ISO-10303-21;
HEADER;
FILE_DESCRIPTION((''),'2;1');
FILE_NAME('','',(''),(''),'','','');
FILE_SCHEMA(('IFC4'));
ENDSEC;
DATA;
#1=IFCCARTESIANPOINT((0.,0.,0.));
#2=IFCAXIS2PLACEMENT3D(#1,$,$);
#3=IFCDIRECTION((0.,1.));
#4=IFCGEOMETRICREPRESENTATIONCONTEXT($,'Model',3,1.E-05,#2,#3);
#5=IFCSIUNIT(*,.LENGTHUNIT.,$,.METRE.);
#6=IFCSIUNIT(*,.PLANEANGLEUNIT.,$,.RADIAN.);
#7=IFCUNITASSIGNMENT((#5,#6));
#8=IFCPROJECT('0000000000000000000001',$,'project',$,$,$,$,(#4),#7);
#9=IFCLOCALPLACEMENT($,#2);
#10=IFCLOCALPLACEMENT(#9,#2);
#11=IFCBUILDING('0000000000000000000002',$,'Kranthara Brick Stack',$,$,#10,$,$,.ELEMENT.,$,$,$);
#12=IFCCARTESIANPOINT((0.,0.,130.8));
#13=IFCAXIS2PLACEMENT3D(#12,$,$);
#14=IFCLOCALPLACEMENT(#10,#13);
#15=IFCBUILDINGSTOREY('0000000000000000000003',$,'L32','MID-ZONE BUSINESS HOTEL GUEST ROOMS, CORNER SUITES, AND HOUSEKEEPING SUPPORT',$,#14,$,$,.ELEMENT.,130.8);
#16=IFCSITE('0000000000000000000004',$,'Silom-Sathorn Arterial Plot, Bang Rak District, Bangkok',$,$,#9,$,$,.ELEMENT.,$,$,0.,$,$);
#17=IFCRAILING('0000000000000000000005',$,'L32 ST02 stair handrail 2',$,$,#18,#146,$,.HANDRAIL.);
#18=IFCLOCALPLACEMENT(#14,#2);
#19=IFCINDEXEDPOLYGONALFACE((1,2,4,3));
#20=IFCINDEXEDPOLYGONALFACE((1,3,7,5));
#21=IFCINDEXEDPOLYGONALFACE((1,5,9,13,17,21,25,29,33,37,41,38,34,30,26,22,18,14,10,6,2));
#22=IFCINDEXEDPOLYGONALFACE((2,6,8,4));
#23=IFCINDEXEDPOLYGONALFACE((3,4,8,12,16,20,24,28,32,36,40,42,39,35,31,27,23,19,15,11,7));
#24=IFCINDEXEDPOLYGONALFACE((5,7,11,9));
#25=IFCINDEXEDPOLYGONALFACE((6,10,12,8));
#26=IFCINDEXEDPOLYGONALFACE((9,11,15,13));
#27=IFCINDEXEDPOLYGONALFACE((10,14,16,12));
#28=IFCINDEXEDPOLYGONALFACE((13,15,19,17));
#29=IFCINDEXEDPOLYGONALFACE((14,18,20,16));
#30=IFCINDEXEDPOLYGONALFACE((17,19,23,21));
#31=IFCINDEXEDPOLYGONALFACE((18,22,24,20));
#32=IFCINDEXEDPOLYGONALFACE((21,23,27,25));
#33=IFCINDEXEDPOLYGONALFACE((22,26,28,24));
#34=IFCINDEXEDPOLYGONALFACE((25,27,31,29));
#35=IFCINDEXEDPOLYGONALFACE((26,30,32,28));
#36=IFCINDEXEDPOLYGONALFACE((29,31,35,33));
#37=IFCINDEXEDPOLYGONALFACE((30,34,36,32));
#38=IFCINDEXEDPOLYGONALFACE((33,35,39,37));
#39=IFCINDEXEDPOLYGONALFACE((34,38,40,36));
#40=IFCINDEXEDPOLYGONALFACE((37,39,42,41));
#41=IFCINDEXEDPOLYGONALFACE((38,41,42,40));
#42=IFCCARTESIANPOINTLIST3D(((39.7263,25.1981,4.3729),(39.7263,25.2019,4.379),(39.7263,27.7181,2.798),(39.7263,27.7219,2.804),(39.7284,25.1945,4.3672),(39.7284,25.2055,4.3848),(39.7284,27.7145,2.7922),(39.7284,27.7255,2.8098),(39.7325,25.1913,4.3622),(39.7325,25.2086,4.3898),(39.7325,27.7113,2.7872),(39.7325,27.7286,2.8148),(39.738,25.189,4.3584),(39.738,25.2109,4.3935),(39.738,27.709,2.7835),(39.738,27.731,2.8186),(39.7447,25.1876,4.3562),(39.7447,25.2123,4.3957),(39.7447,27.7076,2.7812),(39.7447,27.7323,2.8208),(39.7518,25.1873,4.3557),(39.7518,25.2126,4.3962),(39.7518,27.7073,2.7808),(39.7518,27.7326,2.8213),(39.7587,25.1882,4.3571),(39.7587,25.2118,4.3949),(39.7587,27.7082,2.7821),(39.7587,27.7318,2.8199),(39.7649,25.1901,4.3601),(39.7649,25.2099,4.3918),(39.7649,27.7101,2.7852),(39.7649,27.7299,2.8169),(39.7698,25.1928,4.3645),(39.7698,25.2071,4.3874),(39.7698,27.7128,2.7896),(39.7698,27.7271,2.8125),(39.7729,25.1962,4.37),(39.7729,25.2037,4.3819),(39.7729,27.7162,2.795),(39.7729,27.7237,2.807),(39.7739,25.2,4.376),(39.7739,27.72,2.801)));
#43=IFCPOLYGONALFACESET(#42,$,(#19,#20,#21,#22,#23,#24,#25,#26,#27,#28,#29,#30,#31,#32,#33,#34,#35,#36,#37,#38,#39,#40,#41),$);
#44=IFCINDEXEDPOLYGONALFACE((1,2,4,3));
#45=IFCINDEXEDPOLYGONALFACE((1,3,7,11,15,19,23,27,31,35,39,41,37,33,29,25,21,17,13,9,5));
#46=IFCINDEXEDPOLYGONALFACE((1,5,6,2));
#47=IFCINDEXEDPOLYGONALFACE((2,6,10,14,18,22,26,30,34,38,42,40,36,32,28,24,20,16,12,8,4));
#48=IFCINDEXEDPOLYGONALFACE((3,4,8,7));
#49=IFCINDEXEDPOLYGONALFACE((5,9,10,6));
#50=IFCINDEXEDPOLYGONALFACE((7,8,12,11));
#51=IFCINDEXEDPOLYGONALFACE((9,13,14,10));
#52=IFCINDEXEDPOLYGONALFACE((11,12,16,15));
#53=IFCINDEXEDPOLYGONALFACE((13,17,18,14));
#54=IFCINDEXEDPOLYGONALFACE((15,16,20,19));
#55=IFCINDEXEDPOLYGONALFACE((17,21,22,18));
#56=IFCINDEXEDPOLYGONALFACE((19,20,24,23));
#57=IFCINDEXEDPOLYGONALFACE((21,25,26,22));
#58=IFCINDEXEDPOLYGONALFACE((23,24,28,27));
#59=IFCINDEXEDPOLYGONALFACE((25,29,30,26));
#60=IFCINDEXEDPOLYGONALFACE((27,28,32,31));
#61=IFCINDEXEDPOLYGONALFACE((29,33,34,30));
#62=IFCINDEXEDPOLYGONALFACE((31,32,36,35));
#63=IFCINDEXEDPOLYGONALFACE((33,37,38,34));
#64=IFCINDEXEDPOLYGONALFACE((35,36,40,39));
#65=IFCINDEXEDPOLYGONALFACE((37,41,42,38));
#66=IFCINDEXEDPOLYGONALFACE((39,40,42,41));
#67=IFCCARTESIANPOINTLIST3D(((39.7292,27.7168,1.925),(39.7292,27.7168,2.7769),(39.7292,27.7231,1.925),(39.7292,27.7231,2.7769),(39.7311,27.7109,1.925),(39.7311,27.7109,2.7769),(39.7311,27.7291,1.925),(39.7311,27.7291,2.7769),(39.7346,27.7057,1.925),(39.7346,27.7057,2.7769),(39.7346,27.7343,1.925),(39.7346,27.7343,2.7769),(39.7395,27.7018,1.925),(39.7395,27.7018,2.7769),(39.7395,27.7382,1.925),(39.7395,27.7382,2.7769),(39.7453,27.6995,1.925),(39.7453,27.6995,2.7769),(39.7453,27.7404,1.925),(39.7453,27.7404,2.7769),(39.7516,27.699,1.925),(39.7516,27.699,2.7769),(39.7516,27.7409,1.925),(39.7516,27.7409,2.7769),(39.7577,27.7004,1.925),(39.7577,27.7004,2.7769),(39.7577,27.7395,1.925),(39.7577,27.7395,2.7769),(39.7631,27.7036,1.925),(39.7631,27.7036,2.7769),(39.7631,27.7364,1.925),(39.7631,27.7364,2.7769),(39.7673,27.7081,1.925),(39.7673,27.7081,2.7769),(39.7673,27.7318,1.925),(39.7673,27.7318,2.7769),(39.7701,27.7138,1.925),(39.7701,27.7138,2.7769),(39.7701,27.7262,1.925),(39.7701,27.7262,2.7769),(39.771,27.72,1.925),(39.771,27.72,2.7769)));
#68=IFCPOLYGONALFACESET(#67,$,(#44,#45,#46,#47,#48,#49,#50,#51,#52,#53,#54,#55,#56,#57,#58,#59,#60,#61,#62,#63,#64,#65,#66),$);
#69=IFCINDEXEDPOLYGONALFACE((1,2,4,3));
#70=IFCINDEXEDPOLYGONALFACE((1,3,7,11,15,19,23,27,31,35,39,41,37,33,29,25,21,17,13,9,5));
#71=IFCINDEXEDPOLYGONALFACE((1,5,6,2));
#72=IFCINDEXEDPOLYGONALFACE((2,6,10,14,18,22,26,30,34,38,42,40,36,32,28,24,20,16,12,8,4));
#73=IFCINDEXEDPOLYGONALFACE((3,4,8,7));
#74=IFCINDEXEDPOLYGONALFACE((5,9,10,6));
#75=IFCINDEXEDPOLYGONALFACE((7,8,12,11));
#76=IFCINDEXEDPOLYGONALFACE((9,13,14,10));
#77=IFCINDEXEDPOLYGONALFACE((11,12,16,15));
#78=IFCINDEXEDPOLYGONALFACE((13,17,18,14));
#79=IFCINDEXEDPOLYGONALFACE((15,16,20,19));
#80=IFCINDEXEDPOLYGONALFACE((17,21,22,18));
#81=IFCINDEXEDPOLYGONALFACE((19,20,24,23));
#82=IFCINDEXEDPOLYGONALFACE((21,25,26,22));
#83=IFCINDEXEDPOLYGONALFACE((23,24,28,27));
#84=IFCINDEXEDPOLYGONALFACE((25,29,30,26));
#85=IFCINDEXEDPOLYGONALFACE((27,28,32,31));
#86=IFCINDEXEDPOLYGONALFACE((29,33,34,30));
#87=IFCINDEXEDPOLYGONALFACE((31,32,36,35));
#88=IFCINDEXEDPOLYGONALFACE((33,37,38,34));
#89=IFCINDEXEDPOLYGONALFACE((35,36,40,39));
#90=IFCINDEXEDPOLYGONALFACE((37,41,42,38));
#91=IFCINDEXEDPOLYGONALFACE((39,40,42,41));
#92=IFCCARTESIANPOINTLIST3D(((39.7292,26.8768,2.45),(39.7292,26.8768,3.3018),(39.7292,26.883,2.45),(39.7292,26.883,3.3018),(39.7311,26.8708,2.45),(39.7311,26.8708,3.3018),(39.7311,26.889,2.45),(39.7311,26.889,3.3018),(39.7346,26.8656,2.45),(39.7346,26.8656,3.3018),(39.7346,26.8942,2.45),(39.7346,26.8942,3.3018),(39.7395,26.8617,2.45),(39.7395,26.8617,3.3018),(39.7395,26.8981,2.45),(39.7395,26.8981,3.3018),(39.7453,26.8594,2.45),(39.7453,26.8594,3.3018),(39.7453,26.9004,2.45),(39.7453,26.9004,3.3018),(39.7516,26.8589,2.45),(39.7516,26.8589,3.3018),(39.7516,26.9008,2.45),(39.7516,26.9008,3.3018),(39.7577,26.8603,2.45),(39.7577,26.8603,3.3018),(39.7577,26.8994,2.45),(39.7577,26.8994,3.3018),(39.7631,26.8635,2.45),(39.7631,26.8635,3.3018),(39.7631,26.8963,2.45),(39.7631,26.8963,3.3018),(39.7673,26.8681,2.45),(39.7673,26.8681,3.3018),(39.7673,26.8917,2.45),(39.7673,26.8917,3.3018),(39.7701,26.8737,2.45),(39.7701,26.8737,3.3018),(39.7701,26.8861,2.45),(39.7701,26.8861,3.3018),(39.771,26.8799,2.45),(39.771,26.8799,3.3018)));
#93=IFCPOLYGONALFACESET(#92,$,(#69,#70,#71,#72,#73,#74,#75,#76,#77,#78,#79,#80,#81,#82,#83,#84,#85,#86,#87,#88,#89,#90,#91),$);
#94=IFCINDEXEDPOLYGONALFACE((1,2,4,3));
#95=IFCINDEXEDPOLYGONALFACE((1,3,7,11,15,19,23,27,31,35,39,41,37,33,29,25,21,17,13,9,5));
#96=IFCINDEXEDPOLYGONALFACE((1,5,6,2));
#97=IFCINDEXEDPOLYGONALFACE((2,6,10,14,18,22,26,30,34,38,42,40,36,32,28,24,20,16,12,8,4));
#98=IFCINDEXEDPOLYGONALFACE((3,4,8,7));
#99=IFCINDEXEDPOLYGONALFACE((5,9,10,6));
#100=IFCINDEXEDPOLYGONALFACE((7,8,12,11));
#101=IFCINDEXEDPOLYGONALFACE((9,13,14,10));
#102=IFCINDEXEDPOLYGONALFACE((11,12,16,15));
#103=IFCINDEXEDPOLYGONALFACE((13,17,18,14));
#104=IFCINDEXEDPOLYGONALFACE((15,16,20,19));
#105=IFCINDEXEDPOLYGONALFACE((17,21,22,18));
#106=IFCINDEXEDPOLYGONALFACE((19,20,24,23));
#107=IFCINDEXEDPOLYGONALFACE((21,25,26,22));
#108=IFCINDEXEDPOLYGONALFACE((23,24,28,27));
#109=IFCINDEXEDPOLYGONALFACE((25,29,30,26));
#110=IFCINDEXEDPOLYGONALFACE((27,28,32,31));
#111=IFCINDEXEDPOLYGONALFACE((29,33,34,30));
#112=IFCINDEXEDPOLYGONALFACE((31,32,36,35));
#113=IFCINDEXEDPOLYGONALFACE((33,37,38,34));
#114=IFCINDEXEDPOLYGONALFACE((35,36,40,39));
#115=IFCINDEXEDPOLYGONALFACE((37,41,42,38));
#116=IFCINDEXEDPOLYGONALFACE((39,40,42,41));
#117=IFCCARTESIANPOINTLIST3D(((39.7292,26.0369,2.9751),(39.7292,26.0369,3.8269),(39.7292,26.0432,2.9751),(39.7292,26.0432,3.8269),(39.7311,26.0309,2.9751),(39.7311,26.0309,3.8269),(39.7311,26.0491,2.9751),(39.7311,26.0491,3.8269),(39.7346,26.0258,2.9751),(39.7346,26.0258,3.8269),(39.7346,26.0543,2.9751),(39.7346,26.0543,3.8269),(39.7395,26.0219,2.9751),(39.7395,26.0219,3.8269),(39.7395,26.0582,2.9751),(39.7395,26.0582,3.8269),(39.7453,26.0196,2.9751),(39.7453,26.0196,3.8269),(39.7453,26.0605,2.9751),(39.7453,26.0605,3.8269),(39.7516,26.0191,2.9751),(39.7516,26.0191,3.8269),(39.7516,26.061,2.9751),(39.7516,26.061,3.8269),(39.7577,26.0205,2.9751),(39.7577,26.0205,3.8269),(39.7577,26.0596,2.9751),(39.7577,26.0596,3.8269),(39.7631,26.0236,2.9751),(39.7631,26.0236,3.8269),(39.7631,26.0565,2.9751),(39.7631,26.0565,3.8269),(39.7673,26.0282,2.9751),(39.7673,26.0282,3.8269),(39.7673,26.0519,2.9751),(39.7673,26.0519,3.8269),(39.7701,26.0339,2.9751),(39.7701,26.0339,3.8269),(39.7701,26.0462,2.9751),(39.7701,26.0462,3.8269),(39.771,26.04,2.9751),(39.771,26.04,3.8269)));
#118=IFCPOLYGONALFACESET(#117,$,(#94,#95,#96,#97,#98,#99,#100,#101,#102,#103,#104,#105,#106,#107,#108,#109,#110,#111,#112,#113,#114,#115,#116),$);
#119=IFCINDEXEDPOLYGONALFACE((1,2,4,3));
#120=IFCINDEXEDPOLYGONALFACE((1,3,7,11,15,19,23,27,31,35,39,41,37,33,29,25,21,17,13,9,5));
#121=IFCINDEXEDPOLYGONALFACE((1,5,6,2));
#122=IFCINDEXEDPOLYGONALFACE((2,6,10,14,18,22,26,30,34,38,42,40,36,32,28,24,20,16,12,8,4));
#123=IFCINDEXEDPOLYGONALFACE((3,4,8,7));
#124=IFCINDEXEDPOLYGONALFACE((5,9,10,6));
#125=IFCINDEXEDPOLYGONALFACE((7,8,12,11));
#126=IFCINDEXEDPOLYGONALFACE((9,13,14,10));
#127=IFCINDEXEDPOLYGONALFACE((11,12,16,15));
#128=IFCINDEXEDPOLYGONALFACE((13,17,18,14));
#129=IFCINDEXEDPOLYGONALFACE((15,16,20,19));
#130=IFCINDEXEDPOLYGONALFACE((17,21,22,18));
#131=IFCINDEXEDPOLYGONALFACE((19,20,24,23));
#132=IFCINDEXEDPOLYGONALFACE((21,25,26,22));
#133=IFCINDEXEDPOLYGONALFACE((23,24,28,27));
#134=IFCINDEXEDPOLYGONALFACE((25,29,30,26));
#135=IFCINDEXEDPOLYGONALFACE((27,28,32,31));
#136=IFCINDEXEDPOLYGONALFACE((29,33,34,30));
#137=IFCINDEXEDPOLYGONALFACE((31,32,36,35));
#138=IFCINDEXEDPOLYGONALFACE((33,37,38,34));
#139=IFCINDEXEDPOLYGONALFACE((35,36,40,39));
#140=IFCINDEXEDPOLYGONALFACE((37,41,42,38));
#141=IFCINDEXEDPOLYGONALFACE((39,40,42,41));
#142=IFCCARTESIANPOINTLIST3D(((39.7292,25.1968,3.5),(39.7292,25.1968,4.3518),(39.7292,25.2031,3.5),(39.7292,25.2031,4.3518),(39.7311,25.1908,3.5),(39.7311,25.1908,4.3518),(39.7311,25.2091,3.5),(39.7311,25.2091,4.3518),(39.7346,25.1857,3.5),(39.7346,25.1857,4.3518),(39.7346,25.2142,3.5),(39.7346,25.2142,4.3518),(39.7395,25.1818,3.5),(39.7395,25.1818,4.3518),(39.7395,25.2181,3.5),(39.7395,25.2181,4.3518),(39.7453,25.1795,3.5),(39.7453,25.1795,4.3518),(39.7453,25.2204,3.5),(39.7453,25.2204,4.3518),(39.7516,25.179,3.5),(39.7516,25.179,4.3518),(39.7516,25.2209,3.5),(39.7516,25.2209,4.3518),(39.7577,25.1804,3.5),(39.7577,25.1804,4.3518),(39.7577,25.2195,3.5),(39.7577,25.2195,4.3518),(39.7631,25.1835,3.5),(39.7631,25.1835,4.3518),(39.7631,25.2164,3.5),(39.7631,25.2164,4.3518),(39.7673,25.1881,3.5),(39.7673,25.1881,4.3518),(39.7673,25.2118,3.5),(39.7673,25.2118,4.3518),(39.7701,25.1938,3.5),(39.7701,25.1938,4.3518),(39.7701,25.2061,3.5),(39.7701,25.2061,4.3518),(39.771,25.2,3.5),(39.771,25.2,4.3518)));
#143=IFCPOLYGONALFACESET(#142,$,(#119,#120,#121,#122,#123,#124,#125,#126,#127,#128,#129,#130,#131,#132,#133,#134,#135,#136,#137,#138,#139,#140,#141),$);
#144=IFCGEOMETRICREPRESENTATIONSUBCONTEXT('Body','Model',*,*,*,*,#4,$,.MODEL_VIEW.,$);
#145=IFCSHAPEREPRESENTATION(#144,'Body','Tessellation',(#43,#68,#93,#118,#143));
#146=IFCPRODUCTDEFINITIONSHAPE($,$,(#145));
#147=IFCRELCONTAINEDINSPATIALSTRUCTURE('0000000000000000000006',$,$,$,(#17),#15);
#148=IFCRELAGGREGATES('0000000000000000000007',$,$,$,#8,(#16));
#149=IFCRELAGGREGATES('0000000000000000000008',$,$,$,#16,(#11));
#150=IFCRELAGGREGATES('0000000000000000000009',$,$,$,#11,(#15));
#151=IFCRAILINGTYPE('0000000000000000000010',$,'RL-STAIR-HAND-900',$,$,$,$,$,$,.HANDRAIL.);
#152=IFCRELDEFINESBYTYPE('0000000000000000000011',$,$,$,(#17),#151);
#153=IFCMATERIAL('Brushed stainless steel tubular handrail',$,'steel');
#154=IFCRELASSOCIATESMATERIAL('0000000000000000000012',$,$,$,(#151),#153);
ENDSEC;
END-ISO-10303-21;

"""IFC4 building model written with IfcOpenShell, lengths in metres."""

from ifc_helpers import new_model, si_unit, direction, frame, origin, origin_2d, place, context, subcontext, project, spatial, circle, extrude, material, type_object, element, save


model = new_model("IFC4")

# Units and contexts
model_context = context("Model", 3, precision=1e-05, world=origin(), true_north=direction((0.0, 1.0)))
body_context = subcontext(model_context, "Body", "Model", "MODEL_VIEW")
ifc_project = project(units=[si_unit("LENGTHUNIT", "METRE"), si_unit("PLANEANGLEUNIT", "RADIAN")], contexts=[model_context])

# Site, building, storey
site_placement = place(None, origin())
site = spatial("IfcSite", under=ifc_project, at=site_placement, Name="Silom-Sathorn Arterial Plot, Bang Rak District, Bangkok", CompositionType="ELEMENT", RefElevation=0.0)
building_placement = place(site_placement, origin())
building = spatial("IfcBuilding", under=site, at=building_placement, Name="Kranthara Brick Stack", CompositionType="ELEMENT")
storey_placement = place(building_placement, frame((0.0, 0.0, 130.8)))
storey = spatial("IfcBuildingStorey", under=building, at=storey_placement, Name="L32", Description="MID-ZONE BUSINESS HOTEL GUEST ROOMS, CORNER SUITES, AND HOUSEKEEPING SUPPORT", CompositionType="ELEMENT", Elevation=130.8)

# Railing
ifc_material_1 = material(Name="Brushed stainless steel tubular handrail", Category="steel")
railing_type_1 = type_object("IfcRailingType", Name="RL-STAIR-HAND-900", PredefinedType="HANDRAIL", material=ifc_material_1)
railing_1_placement = place(storey_placement, frame((39.75, 27.72, 1.925)))
element("IfcRailing", 1, at=railing_1_placement, inside=storey, type_object=railing_type_1, Name="L32 ST02 stair handrail 2", PredefinedType="HANDRAIL", context=body_context, shape_type="SweptSolid", body=[
    extrude(circle(Radius=0.0239, at=origin_2d()), frame((0.0, 0.0, 0.876), z_axis=(0.0, -0.848008, 0.529984), x_axis=(1.0, 0.0, 0.0)), (0.0, 0.0, 1.0), 2.9717),
    extrude(circle(Radius=0.021, at=origin_2d()), origin(), (0.0, 0.0, 1.0), 0.8518),
    extrude(circle(Radius=0.021, at=origin_2d()), frame((0.0, -0.8401, 0.5249)), (0.0, 0.0, 1.0), 0.8518),
    extrude(circle(Radius=0.021, at=origin_2d()), frame((0.0, -1.6799, 1.05)), (0.0, 0.0, 1.0), 0.8518),
    extrude(circle(Radius=0.021, at=origin_2d()), frame((0.0, -2.52, 1.575)), (0.0, 0.0, 1.0), 0.8518),
])

save(model, "model.ifc")
